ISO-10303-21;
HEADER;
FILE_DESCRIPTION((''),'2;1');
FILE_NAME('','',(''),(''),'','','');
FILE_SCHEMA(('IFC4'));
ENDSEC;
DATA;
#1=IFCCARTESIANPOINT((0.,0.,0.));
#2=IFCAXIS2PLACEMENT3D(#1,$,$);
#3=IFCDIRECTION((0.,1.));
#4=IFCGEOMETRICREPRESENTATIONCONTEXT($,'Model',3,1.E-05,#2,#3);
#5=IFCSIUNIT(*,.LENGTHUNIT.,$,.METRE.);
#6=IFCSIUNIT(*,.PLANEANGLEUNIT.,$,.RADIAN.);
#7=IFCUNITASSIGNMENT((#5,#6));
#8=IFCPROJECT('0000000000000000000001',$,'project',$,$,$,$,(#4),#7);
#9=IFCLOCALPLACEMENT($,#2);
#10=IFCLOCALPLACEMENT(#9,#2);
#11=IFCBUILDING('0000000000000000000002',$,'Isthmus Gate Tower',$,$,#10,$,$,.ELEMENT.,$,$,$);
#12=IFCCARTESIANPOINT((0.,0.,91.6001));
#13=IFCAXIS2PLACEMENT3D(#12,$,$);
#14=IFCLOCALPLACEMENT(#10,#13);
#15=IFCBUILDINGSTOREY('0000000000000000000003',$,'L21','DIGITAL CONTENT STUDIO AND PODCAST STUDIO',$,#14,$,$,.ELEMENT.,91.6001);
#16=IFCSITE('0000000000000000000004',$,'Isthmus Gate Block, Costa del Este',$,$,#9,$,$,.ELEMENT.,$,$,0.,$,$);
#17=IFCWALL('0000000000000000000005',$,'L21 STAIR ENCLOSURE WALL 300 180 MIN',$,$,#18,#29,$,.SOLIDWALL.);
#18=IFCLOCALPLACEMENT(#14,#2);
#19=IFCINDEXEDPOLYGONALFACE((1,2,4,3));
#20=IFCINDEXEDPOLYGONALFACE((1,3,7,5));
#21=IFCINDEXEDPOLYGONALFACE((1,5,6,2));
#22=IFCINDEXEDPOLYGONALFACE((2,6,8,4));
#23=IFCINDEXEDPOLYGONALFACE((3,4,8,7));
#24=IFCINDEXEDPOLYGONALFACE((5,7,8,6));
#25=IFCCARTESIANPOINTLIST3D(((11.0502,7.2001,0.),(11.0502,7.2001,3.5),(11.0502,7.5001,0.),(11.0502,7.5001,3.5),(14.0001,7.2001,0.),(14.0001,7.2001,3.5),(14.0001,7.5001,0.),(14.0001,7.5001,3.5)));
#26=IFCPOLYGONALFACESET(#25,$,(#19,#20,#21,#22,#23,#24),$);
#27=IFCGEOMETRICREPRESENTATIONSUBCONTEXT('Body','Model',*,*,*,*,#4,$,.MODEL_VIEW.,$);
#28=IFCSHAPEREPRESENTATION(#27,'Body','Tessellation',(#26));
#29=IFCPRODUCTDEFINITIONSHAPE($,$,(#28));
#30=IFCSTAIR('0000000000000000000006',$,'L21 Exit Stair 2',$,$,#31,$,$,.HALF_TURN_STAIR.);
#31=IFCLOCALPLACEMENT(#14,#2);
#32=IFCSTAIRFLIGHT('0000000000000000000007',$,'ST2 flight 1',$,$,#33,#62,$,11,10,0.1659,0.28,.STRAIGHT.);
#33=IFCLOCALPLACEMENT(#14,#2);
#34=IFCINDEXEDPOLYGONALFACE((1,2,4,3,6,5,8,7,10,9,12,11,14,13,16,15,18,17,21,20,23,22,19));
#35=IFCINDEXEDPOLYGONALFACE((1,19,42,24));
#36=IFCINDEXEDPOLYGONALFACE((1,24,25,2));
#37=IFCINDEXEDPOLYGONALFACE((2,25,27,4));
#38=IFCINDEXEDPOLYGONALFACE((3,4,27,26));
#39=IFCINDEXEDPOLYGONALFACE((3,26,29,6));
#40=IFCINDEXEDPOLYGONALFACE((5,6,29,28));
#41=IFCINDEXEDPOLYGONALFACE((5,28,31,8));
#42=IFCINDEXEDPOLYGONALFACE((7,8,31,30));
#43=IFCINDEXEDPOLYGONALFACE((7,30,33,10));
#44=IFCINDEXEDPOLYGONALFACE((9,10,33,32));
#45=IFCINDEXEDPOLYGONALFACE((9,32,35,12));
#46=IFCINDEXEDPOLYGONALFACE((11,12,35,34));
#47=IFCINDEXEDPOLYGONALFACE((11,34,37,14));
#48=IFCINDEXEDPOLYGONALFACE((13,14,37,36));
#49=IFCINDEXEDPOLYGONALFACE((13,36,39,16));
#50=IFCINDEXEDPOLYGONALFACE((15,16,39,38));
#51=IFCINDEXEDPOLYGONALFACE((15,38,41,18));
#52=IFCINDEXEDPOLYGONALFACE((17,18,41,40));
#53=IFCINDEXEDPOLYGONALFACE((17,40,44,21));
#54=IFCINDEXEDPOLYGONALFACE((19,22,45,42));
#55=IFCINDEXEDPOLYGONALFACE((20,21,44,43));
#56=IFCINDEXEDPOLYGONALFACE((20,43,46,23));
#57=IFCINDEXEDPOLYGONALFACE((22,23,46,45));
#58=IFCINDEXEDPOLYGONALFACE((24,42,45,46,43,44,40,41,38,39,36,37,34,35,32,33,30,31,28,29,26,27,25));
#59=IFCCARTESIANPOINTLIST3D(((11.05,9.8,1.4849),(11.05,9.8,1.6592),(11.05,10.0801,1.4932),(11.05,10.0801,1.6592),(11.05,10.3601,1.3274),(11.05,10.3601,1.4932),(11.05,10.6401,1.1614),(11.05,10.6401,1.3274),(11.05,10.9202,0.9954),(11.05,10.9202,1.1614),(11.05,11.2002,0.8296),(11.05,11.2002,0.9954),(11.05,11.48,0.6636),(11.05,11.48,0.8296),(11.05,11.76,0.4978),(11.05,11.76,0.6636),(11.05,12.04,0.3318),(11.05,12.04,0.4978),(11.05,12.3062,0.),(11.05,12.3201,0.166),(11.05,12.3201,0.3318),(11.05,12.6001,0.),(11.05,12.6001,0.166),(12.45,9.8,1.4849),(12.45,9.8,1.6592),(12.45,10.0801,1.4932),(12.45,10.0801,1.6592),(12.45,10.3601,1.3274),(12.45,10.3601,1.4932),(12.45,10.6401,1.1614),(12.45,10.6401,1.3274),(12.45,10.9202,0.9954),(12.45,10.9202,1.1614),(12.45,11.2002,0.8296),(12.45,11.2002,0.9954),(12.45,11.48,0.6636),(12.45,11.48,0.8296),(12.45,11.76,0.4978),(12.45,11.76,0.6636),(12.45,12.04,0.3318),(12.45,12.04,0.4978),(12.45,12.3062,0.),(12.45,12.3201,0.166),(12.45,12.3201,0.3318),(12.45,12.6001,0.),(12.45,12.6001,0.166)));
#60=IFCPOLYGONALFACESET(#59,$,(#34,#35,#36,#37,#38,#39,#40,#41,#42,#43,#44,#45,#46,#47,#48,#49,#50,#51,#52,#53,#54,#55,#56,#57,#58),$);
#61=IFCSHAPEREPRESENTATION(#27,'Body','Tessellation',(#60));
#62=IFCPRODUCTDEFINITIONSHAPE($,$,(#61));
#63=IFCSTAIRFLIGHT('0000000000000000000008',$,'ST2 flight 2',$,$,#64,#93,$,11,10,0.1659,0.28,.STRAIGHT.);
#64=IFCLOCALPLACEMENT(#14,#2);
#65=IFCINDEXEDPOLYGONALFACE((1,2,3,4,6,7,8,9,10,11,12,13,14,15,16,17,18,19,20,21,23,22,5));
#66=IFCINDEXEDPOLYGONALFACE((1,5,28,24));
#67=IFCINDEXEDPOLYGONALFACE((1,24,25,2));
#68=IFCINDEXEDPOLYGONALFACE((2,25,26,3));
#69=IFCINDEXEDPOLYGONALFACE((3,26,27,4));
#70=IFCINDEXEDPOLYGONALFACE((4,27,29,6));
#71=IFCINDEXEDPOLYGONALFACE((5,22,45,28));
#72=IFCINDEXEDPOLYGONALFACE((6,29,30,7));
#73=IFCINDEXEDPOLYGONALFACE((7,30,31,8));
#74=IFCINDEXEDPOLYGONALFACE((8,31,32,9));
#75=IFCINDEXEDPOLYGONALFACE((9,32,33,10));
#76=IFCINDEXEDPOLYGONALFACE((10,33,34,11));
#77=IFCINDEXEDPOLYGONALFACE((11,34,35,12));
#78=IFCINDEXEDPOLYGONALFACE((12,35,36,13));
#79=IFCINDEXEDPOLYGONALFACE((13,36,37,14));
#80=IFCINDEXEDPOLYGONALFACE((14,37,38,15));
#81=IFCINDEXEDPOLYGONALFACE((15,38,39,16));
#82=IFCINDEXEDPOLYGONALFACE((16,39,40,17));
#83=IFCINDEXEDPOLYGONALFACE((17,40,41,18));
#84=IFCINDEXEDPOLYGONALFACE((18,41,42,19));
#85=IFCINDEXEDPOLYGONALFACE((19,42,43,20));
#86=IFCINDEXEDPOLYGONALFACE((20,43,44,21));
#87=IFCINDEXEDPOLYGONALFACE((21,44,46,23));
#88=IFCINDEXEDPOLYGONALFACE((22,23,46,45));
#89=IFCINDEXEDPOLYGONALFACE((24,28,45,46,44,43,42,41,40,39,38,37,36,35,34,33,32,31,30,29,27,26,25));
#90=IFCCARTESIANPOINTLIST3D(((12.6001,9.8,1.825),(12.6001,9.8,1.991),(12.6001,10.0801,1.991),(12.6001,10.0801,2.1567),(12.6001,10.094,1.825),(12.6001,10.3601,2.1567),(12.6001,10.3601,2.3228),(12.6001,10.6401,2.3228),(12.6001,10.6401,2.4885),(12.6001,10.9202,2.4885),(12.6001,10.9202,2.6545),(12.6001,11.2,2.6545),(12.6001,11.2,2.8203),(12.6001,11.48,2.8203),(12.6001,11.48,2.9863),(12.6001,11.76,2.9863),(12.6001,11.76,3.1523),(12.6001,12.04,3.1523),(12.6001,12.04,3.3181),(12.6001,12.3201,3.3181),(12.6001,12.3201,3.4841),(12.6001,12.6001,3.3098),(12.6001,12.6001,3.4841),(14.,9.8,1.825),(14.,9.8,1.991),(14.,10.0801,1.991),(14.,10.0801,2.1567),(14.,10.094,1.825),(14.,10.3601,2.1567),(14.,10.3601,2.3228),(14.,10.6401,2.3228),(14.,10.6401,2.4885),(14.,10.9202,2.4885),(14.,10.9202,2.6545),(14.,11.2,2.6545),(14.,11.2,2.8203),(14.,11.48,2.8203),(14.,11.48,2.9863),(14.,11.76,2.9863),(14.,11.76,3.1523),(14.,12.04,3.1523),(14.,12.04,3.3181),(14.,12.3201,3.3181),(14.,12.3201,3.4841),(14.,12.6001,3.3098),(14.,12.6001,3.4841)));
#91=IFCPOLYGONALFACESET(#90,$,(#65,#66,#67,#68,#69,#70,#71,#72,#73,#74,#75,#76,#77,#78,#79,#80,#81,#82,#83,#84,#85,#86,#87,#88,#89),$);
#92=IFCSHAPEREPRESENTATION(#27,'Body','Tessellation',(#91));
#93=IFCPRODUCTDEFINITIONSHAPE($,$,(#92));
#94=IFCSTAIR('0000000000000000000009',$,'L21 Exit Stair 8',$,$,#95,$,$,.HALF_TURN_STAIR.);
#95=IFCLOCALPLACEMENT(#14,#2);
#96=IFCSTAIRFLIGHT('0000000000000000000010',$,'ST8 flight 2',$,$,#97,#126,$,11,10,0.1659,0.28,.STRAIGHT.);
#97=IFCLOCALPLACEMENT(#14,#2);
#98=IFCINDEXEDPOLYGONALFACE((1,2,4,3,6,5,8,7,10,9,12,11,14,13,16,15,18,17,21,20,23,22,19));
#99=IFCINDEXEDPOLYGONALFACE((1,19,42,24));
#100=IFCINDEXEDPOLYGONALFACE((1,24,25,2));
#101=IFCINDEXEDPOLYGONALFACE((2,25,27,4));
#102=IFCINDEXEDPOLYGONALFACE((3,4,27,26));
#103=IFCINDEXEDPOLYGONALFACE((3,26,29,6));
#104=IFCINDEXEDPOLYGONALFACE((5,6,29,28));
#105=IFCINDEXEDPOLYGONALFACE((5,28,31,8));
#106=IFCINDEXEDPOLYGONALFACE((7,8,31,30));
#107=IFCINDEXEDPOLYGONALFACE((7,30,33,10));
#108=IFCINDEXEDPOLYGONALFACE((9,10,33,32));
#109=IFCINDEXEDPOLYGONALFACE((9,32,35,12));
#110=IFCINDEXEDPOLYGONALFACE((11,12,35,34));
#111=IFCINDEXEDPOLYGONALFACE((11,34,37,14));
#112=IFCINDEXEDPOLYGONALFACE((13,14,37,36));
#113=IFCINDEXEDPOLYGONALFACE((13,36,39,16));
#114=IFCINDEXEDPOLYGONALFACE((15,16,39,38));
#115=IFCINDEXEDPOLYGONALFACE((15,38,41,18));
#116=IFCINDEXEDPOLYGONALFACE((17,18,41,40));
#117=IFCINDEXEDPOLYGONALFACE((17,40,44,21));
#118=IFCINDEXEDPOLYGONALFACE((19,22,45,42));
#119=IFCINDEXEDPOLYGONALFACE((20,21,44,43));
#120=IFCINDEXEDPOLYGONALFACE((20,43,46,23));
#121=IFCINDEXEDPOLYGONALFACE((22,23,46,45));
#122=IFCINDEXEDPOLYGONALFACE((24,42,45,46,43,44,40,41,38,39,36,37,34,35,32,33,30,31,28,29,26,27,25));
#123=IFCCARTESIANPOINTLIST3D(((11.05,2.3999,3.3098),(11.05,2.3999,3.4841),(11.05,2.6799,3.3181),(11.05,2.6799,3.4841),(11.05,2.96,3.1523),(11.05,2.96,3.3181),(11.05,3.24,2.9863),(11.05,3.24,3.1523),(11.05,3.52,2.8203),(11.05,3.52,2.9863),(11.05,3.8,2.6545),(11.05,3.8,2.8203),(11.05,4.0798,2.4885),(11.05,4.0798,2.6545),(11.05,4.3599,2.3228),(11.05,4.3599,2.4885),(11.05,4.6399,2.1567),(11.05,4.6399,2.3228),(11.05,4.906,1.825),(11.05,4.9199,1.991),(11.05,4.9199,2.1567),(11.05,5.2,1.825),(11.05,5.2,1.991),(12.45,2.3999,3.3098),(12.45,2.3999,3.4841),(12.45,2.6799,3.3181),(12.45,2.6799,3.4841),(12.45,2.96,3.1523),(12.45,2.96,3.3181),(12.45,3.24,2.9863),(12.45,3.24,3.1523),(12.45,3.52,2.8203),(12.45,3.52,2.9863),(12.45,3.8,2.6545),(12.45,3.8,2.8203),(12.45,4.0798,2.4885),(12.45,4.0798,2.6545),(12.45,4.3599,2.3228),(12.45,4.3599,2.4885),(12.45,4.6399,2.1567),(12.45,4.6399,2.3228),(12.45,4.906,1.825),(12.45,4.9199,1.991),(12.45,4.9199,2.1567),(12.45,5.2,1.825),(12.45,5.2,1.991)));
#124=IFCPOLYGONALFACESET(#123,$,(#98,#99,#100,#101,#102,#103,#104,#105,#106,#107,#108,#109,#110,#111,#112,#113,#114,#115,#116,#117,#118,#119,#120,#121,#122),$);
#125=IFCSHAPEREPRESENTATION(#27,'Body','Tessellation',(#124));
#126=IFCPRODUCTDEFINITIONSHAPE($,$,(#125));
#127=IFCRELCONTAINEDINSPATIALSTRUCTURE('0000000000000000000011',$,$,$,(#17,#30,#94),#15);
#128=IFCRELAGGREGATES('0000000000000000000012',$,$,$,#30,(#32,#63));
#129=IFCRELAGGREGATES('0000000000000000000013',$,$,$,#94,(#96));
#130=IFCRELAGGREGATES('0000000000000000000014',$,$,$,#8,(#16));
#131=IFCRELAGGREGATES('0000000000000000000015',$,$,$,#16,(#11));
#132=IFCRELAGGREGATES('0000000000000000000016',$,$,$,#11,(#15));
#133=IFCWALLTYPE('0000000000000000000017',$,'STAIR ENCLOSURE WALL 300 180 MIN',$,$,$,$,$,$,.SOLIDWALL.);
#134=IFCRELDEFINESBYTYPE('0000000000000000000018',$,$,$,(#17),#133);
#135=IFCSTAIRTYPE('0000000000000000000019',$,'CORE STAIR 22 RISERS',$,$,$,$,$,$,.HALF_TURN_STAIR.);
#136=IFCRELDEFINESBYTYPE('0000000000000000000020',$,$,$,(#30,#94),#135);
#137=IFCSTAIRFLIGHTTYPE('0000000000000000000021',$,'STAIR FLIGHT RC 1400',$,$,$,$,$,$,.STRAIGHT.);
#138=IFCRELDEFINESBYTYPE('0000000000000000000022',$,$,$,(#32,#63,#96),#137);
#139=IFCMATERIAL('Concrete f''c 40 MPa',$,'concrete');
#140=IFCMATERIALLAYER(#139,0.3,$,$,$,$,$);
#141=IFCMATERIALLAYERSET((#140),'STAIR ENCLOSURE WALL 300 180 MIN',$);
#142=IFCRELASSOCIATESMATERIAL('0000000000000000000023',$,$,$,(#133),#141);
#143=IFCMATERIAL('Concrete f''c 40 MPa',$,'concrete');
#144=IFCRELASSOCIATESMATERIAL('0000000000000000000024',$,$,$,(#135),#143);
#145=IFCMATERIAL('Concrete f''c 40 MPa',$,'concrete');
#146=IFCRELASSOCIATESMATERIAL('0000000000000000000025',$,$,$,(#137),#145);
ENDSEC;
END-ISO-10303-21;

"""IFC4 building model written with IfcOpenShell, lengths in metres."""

from ifc_helpers import new_model, si_unit, direction, frame, frame_2d, origin, place, context, subcontext, project, spatial, polyline, rectangle, outline, extrude, material, layer, layer_set, type_object, element, aggregate, save


model = new_model("IFC4")

# Units and contexts
model_context = context("Model", 3, precision=1e-05, world=origin(), true_north=direction((0.0, 1.0)))
body_context = subcontext(model_context, "Body", "Model", "MODEL_VIEW")
ifc_project = project(units=[si_unit("LENGTHUNIT", "METRE"), si_unit("PLANEANGLEUNIT", "RADIAN")], contexts=[model_context])

# Site, building, storey
site_placement = place(None, origin())
site = spatial("IfcSite", under=ifc_project, at=site_placement, Name="Isthmus Gate Block, Costa del Este", CompositionType="ELEMENT", RefElevation=0.0)
building_placement = place(site_placement, origin())
building = spatial("IfcBuilding", under=site, at=building_placement, Name="Isthmus Gate Tower", CompositionType="ELEMENT")
storey_placement = place(building_placement, frame((0.0, 0.0, 91.6001)))
storey = spatial("IfcBuildingStorey", under=building, at=storey_placement, Name="L21", Description="DIGITAL CONTENT STUDIO AND PODCAST STUDIO", CompositionType="ELEMENT", Elevation=91.6001)

# Wall
ifc_material_1 = material(Name="Concrete f'c 40 MPa", Category="concrete")
ifc_layer_1 = layer(ifc_material_1, 0.3)
ifc_layer_set_1 = layer_set([ifc_layer_1], Name="STAIR ENCLOSURE WALL 300 180 MIN")
wall_type_1 = type_object("IfcWallType", Name="STAIR ENCLOSURE WALL 300 180 MIN", PredefinedType="SOLIDWALL", material=ifc_layer_set_1)
wall_1_placement = place(storey_placement, frame((11.05, 7.3501, 0.0), z_axis=(0.0, 0.0, 1.0), x_axis=(1.0, 0.0, 0.0)))
element("IfcWall", 1, at=wall_1_placement, inside=storey, type_object=wall_type_1, Name="L21 STAIR ENCLOSURE WALL 300 180 MIN", PredefinedType="SOLIDWALL", context=body_context, shape_type="SweptSolid", body=[
    extrude(rectangle(XDim=2.95, YDim=0.3, at=frame_2d((1.4751, 0.0))), origin(), (0.0, 0.0, 1.0), 3.5),
])

# Stair, stair flights
ifc_material_2 = material(Name="Concrete f'c 40 MPa", Category="concrete")
stair_type = type_object("IfcStairType", Name="CORE STAIR 22 RISERS", PredefinedType="HALF_TURN_STAIR", material=ifc_material_2)
stair_1_placement = place(storey_placement, origin())
stair_1 = element("IfcStair", 2, at=stair_1_placement, inside=storey, type_object=stair_type, Name="L21 Exit Stair 2", PredefinedType="HALF_TURN_STAIR")
ifc_material_3 = material(Name="Concrete f'c 40 MPa", Category="concrete")
stair_flight_type = type_object("IfcStairFlightType", Name="STAIR FLIGHT RC 1400", PredefinedType="STRAIGHT", material=ifc_material_3)
stair_flight_1_placement = place(storey_placement, frame((11.75, 12.6001, 0.0), z_axis=(0.0, 0.0, 1.0), x_axis=(0.0, -1.0, 0.0)))
stair_flight_1 = element("IfcStairFlight", 3, at=stair_flight_1_placement, type_object=stair_flight_type, Name="ST2 flight 1", NumberOfRisers=11, NumberOfTreads=10, PredefinedType="STRAIGHT", RiserHeight=0.1659, TreadLength=0.28, context=body_context, shape_type="SweptSolid", body=[
    extrude(outline(polyline([(0.0, 0.0), (0.0, 0.166), (0.28, 0.166), (0.28, 0.3318), (0.5601, 0.3318), (0.5601, 0.4978), (0.8401, 0.4978), (0.8401, 0.6636), (1.1201, 0.6636), (1.1201, 0.8296), (1.3999, 0.8296), (1.3999, 0.9954), (1.6799, 0.9954), (1.6799, 1.1614), (1.96, 1.1614), (1.96, 1.3274), (2.24, 1.3274), (2.24, 1.4932), (2.52, 1.4932), (2.52, 1.6592), (2.8, 1.6592), (2.8, 1.825), (2.8, 1.4849), (0.2939, 0.0), (0.0, 0.0)])), frame((0.0, 0.7, 0.0), z_axis=(0.0, -1.0, 0.0), x_axis=(1.0, 0.0, 0.0)), (0.0, 0.0, 1.0), 1.3999),
])
stair_flight_2_placement = place(storey_placement, frame((13.3, 9.8, 1.825), z_axis=(0.0, 0.0, 1.0), x_axis=(0.0, 1.0, 0.0)))
stair_flight_2 = element("IfcStairFlight", 4, at=stair_flight_2_placement, type_object=stair_flight_type, Name="ST2 flight 2", NumberOfRisers=11, NumberOfTreads=10, PredefinedType="STRAIGHT", RiserHeight=0.1659, TreadLength=0.28, context=body_context, shape_type="SweptSolid", body=[
    extrude(outline(polyline([(0.0, 0.0), (0.0, 0.166), (0.28, 0.166), (0.28, 0.3318), (0.5601, 0.3318), (0.5601, 0.4978), (0.8401, 0.4978), (0.8401, 0.6636), (1.1201, 0.6636), (1.1201, 0.8296), (1.3999, 0.8296), (1.3999, 0.9954), (1.6799, 0.9954), (1.6799, 1.1614), (1.96, 1.1614), (1.96, 1.3274), (2.24, 1.3274), (2.24, 1.4932), (2.52, 1.4932), (2.52, 1.6592), (2.8, 1.6592), (2.8, 1.825), (2.8, 1.4849), (0.2939, 0.0), (0.0, 0.0)])), frame((0.0, 0.7, 0.0), z_axis=(0.0, -1.0, 0.0), x_axis=(1.0, 0.0, 0.0)), (0.0, 0.0, 1.0), 1.3999),
])
aggregate(stair_1, [stair_flight_1, stair_flight_2])

# Stair, stair flight
stair_2_placement = place(storey_placement, origin())
stair_2 = element("IfcStair", 5, at=stair_2_placement, inside=storey, type_object=stair_type, Name="L21 Exit Stair 8", PredefinedType="HALF_TURN_STAIR")
stair_flight_3_placement = place(storey_placement, frame((11.75, 5.2, 1.825), z_axis=(0.0, 0.0, 1.0), x_axis=(0.0, -1.0, 0.0)))
stair_flight_3 = element("IfcStairFlight", 6, at=stair_flight_3_placement, type_object=stair_flight_type, Name="ST8 flight 2", NumberOfRisers=11, NumberOfTreads=10, PredefinedType="STRAIGHT", RiserHeight=0.1659, TreadLength=0.28, context=body_context, shape_type="SweptSolid", body=[
    extrude(outline(polyline([(0.0, 0.0), (0.0, 0.166), (0.28, 0.166), (0.28, 0.3318), (0.5601, 0.3318), (0.5601, 0.4978), (0.8401, 0.4978), (0.8401, 0.6636), (1.1201, 0.6636), (1.1201, 0.8296), (1.3999, 0.8296), (1.3999, 0.9954), (1.6799, 0.9954), (1.6799, 1.1614), (1.96, 1.1614), (1.96, 1.3274), (2.24, 1.3274), (2.24, 1.4932), (2.52, 1.4932), (2.52, 1.6592), (2.8, 1.6592), (2.8, 1.825), (2.8, 1.4849), (0.2939, 0.0), (0.0, 0.0)])), frame((0.0, 0.7, 0.0), z_axis=(0.0, -1.0, 0.0), x_axis=(1.0, 0.0, 0.0)), (0.0, 0.0, 1.0), 1.3999),
])
aggregate(stair_2, [stair_flight_3])

save(model, "model.ifc")
